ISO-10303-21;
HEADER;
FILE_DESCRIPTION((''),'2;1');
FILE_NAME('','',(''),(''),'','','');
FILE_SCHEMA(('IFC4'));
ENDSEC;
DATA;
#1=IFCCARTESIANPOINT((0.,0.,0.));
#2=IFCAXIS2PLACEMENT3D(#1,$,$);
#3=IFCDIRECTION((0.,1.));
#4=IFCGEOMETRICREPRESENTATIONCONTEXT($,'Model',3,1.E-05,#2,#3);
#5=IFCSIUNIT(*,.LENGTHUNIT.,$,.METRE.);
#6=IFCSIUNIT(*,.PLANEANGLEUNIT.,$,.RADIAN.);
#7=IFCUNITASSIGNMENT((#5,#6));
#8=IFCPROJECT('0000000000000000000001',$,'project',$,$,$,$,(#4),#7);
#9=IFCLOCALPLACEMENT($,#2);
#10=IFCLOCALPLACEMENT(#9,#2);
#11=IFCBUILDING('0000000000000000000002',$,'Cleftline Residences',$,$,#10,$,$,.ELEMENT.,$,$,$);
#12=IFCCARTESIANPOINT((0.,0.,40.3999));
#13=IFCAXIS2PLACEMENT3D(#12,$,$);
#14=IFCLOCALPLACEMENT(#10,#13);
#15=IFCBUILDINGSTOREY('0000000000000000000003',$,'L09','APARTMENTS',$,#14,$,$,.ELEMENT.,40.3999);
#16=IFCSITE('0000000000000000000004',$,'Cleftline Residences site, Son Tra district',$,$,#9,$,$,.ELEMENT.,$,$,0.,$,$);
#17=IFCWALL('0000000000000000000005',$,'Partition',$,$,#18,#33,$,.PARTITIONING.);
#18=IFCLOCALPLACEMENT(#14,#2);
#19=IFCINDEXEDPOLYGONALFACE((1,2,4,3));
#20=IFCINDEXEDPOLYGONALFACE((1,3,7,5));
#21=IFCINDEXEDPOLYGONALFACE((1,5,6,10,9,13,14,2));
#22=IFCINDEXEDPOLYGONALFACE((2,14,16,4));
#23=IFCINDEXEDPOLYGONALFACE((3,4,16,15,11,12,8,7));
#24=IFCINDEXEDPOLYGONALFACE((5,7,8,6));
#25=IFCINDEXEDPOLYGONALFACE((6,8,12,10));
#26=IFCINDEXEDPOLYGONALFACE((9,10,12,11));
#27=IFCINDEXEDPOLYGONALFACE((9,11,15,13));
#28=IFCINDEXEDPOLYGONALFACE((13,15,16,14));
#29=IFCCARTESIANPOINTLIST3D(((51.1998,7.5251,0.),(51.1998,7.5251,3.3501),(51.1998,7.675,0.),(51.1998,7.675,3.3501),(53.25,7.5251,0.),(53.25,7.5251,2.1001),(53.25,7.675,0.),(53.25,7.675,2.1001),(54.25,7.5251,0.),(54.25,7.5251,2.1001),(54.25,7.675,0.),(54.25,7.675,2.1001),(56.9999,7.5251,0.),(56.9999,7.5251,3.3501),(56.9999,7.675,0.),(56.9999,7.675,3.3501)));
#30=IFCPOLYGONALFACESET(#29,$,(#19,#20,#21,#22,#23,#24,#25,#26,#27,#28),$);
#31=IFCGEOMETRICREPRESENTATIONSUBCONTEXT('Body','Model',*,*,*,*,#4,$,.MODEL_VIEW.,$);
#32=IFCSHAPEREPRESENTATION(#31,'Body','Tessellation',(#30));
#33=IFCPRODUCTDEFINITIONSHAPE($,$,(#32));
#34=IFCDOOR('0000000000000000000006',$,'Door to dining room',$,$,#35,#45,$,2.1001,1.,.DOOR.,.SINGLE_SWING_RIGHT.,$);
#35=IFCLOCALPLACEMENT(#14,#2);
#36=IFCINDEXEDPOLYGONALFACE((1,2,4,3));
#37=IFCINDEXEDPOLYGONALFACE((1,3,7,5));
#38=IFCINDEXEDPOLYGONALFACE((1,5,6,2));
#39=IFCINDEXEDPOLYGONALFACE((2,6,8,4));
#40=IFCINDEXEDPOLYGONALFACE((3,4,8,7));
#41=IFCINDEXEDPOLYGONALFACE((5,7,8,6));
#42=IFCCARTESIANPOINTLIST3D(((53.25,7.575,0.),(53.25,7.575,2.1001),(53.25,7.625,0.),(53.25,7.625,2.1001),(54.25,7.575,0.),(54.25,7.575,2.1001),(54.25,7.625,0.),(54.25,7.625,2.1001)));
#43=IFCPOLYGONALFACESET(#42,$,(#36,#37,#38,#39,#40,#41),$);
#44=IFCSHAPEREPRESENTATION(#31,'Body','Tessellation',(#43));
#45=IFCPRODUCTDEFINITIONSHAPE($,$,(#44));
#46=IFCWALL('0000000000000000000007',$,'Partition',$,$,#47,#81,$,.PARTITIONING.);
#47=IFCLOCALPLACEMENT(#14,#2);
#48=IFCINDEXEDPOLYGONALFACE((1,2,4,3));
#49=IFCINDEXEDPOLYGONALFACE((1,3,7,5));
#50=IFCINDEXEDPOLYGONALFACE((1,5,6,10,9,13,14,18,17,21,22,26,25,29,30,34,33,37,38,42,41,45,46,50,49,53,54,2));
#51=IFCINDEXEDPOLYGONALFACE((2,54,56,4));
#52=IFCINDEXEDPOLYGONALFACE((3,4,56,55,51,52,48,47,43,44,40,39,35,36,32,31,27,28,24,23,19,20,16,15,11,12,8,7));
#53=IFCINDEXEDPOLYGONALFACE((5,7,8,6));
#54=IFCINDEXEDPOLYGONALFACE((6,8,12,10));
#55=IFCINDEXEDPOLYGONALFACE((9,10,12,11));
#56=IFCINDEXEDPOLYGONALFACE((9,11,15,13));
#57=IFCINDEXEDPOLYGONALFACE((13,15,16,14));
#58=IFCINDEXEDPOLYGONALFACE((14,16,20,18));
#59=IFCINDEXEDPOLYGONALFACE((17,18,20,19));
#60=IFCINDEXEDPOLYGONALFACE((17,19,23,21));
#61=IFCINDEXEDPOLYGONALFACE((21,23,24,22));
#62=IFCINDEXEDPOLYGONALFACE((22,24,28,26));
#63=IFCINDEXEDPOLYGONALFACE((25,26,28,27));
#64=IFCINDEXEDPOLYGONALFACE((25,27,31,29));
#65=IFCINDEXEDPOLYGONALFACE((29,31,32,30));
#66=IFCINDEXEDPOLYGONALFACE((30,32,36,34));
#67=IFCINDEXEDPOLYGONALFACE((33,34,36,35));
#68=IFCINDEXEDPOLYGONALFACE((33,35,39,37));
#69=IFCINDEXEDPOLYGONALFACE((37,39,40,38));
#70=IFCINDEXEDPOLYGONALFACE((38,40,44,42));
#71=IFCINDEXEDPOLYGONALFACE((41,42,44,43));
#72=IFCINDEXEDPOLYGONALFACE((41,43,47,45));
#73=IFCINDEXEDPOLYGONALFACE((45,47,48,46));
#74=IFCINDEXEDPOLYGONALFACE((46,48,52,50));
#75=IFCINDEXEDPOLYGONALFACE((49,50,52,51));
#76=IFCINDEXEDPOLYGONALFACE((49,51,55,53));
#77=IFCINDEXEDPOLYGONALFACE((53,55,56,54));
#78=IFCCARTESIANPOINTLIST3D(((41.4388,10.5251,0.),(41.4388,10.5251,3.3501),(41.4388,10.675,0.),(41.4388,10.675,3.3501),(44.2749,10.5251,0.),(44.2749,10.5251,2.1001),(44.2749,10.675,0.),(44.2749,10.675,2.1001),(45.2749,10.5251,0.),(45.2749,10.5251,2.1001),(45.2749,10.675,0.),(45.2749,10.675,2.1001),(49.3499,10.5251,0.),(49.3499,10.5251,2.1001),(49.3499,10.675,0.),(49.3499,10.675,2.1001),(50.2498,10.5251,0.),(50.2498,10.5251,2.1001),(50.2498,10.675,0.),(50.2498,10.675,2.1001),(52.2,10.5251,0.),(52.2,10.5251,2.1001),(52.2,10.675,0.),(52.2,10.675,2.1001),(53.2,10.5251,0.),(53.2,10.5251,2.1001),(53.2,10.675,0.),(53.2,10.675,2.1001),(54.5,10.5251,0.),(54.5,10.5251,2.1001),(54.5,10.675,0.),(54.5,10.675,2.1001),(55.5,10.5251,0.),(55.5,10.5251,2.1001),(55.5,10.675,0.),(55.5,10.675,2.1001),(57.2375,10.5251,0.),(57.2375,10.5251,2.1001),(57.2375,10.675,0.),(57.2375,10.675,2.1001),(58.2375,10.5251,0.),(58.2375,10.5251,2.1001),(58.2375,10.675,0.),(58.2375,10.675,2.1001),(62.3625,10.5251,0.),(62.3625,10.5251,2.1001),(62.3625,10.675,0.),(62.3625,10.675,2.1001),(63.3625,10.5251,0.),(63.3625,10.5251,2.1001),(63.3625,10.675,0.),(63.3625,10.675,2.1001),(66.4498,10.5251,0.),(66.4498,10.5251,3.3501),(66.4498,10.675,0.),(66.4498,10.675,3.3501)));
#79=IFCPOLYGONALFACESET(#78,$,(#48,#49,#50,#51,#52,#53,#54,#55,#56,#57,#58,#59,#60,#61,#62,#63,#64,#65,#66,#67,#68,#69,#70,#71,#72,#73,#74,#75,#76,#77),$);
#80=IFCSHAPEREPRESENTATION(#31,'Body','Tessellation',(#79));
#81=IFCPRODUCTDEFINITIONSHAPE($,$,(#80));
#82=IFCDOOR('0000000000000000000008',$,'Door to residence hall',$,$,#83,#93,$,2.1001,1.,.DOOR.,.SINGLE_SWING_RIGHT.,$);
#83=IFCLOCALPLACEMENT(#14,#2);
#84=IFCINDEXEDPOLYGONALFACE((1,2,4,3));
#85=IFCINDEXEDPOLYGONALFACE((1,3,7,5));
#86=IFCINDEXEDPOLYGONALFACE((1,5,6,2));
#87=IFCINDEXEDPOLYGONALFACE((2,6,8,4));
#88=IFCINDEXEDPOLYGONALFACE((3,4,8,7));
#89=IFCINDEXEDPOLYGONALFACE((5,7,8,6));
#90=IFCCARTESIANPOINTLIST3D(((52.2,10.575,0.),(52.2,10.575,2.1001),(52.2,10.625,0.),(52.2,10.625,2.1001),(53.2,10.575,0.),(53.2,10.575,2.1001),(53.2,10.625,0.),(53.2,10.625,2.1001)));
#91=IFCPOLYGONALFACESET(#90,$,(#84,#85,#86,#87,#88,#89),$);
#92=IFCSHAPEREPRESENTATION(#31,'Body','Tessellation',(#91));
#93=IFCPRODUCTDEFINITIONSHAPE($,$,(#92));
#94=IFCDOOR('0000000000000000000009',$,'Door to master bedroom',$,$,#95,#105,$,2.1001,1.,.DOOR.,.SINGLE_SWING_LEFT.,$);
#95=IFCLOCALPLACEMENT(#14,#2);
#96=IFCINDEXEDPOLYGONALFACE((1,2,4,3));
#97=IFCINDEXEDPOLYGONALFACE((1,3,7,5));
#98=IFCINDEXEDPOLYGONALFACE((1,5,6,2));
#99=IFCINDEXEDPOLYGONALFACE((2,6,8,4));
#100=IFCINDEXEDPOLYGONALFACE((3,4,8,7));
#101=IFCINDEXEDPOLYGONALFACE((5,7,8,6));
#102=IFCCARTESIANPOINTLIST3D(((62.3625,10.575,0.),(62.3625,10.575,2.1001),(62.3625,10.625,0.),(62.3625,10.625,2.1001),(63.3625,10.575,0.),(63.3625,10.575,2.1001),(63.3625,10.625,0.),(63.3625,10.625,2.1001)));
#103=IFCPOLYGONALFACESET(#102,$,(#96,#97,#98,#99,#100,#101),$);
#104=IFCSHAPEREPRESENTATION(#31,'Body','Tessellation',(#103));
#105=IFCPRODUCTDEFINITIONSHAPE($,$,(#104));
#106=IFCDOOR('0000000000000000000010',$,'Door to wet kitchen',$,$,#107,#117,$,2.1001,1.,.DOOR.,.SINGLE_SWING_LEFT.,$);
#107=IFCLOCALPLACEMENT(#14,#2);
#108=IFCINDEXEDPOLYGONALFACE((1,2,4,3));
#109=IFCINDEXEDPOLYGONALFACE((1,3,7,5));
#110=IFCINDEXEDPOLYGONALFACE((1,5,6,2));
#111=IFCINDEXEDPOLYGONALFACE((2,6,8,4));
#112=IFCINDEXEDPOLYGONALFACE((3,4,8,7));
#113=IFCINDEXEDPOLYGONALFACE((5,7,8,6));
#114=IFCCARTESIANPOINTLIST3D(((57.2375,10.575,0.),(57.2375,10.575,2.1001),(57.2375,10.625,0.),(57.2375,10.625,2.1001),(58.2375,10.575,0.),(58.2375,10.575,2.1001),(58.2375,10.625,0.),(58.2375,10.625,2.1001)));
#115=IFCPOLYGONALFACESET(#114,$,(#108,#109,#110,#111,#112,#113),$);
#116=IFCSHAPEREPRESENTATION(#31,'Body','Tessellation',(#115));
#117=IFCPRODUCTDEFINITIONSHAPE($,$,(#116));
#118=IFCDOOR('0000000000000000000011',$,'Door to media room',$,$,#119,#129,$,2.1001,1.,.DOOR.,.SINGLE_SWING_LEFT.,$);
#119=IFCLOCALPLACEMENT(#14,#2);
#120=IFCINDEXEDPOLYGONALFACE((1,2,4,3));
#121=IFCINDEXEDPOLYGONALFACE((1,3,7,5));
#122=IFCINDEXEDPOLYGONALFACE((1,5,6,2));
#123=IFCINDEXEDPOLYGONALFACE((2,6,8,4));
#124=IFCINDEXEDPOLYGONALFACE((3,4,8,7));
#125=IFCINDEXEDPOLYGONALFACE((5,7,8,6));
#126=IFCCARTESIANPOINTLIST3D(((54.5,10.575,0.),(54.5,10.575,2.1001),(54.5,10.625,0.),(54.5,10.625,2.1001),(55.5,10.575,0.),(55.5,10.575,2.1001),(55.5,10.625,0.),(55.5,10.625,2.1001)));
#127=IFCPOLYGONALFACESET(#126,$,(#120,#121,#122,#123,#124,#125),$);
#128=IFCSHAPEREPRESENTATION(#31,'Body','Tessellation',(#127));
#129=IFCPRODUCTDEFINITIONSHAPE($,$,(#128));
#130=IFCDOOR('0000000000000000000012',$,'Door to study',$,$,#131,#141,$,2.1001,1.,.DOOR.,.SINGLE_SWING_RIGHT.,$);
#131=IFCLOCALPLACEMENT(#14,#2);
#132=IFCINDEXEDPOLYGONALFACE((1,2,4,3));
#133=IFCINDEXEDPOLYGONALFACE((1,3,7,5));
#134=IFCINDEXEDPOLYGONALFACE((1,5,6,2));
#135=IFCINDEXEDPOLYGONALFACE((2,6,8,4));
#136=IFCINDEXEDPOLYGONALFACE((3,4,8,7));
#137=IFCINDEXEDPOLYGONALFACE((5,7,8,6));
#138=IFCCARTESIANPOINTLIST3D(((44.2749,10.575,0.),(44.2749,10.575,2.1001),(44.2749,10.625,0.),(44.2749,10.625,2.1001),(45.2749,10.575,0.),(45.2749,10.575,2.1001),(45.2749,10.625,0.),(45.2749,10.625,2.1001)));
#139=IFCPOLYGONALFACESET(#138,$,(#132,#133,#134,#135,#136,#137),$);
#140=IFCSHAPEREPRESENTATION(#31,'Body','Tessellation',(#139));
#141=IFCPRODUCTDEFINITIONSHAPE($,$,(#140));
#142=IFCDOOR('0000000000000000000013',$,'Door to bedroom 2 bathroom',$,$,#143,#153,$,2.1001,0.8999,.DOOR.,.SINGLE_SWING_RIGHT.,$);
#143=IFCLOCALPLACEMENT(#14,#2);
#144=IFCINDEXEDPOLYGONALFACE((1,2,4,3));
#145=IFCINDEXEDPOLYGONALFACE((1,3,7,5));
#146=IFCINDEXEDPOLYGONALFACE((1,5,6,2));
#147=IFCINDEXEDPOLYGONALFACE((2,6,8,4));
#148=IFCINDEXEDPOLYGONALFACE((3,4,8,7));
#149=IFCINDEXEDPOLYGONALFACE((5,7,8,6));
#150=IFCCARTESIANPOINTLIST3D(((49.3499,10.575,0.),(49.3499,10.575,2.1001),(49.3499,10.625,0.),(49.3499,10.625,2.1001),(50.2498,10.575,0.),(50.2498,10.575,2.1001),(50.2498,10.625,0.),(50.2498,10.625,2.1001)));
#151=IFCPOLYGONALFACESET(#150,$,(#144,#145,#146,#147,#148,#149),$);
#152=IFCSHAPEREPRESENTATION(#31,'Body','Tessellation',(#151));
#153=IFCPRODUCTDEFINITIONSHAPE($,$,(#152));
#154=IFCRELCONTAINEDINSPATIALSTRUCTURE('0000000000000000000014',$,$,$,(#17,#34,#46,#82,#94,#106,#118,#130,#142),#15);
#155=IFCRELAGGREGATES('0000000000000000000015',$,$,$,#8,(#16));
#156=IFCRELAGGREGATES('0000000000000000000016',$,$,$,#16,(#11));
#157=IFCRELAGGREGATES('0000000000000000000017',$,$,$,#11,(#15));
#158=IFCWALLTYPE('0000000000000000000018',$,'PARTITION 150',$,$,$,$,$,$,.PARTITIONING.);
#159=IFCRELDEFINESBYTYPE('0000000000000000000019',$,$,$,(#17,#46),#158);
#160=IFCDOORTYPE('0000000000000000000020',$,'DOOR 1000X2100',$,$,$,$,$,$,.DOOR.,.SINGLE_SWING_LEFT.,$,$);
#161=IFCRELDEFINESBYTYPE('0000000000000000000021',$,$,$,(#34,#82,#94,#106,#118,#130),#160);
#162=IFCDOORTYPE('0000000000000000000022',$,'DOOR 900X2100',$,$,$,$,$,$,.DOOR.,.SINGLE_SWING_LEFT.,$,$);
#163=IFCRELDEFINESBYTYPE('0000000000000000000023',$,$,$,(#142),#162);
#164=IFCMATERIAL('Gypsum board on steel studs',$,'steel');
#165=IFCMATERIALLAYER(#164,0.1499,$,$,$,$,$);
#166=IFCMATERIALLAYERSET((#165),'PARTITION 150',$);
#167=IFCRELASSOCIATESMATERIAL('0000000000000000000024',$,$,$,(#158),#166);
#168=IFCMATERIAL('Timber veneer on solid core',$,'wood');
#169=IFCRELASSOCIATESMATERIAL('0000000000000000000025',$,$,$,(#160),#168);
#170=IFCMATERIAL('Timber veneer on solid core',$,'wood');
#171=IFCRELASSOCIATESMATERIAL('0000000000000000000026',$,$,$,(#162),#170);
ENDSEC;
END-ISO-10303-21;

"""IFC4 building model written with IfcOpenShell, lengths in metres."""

from ifc_helpers import new_model, si_unit, direction, frame, frame_2d, origin, place, context, subcontext, project, spatial, rectangle, extrude, material, layer, layer_set, type_object, element, fill, save


model = new_model("IFC4")

# Units and contexts
model_context = context("Model", 3, precision=1e-05, world=origin(), true_north=direction((0.0, 1.0)))
body_context = subcontext(model_context, "Body", "Model", "MODEL_VIEW")
ifc_project = project(units=[si_unit("LENGTHUNIT", "METRE"), si_unit("PLANEANGLEUNIT", "RADIAN")], contexts=[model_context])

# Site, building, storey
site_placement = place(None, origin())
site = spatial("IfcSite", under=ifc_project, at=site_placement, Name="Cleftline Residences site, Son Tra district", CompositionType="ELEMENT", RefElevation=0.0)
building_placement = place(site_placement, origin())
building = spatial("IfcBuilding", under=site, at=building_placement, Name="Cleftline Residences", CompositionType="ELEMENT")
storey_placement = place(building_placement, frame((0.0, 0.0, 40.3999)))
storey = spatial("IfcBuildingStorey", under=building, at=storey_placement, Name="L09", Description="APARTMENTS", CompositionType="ELEMENT", Elevation=40.3999)

# Shared definitions
ifc_material_1 = material(Name="Gypsum board on steel studs", Category="steel")
ifc_layer_1 = layer(ifc_material_1, 0.1499)
ifc_layer_set_1 = layer_set([ifc_layer_1], Name="PARTITION 150")
wall_type = type_object("IfcWallType", Name="PARTITION 150", PredefinedType="PARTITIONING", material=ifc_layer_set_1)
ifc_material_2 = material(Name="Timber veneer on solid core", Category="wood")
door_type_1 = type_object("IfcDoorType", Name="DOOR 1000X2100", OperationType="SINGLE_SWING_LEFT", PredefinedType="DOOR", material=ifc_material_2)

# Wall, opening, door
wall_1_placement = place(storey_placement, frame((51.2, 7.6001, 0.0), z_axis=(0.0, 0.0, 1.0), x_axis=(1.0, 0.0, 0.0)))
wall_1 = element("IfcWall", 1, at=wall_1_placement, inside=storey, type_object=wall_type, Name="Partition", PredefinedType="PARTITIONING", context=body_context, shape_type="SweptSolid", body=[
    extrude(rectangle(XDim=5.8, YDim=0.1499, at=frame_2d((2.8999, 0.0))), origin(), (0.0, 0.0, 1.0), 3.3501),
])
opening_1_placement = place(wall_1_placement, frame((2.05, 0.0, 0.0)))
opening_1 = element("IfcOpeningElement", 2, at=opening_1_placement, cuts=wall_1, PredefinedType="OPENING", context=body_context, shape_type="SweptSolid", body=[
    extrude(rectangle(XDim=1.0, YDim=2.1001, at=frame_2d((0.5, 1.05))), frame((0.0, 0.085, 0.0), z_axis=(0.0, -1.0, 0.0), x_axis=(1.0, 0.0, 0.0)), (0.0, 0.0, 1.0), 0.1699),
])
door_1_placement = place(opening_1_placement, origin())
door_1 = element("IfcDoor", 3, at=door_1_placement, inside=storey, type_object=door_type_1, Name="Door to dining room", OperationType="SINGLE_SWING_RIGHT", OverallHeight=2.1001, OverallWidth=1.0, PredefinedType="DOOR", context=body_context, shape_type="SweptSolid", body=[
    extrude(rectangle(XDim=1.0, YDim=2.1001, at=frame_2d((0.5, 1.05))), frame((0.0, 0.0249, 0.0), z_axis=(0.0, -1.0, 0.0), x_axis=(1.0, 0.0, 0.0)), (0.0, 0.0, 1.0), 0.05),
])
fill(opening_1, door_1)

# Wall, openings, doors
wall_2_placement = place(storey_placement, frame((41.439, 10.6001, 0.0), z_axis=(0.0, 0.0, 1.0), x_axis=(1.0, 0.0, 0.0)))
wall_2 = element("IfcWall", 4, at=wall_2_placement, inside=storey, type_object=wall_type, Name="Partition", PredefinedType="PARTITIONING", context=body_context, shape_type="SweptSolid", body=[
    extrude(rectangle(XDim=25.011, YDim=0.1499, at=frame_2d((12.5054, 0.0))), origin(), (0.0, 0.0, 1.0), 3.3501),
])
opening_2_placement = place(wall_2_placement, frame((10.761, 0.0, 0.0)))
opening_2 = element("IfcOpeningElement", 5, at=opening_2_placement, cuts=wall_2, PredefinedType="OPENING", context=body_context, shape_type="SweptSolid", body=[
    extrude(rectangle(XDim=1.0, YDim=2.1001, at=frame_2d((0.5, 1.05))), frame((0.0, 0.085, 0.0), z_axis=(0.0, -1.0, 0.0), x_axis=(1.0, 0.0, 0.0)), (0.0, 0.0, 1.0), 0.1699),
])
opening_3_placement = place(wall_2_placement, frame((20.9236, 0.0, 0.0)))
opening_3 = element("IfcOpeningElement", 6, at=opening_3_placement, cuts=wall_2, PredefinedType="OPENING", context=body_context, shape_type="SweptSolid", body=[
    extrude(rectangle(XDim=1.0, YDim=2.1001, at=frame_2d((0.5, 1.05))), frame((0.0, 0.085, 0.0), z_axis=(0.0, -1.0, 0.0), x_axis=(1.0, 0.0, 0.0)), (0.0, 0.0, 1.0), 0.1699),
])
opening_4_placement = place(wall_2_placement, frame((15.7986, 0.0, 0.0)))
opening_4 = element("IfcOpeningElement", 7, at=opening_4_placement, cuts=wall_2, PredefinedType="OPENING", context=body_context, shape_type="SweptSolid", body=[
    extrude(rectangle(XDim=1.0, YDim=2.1001, at=frame_2d((0.5, 1.05))), frame((0.0, 0.085, 0.0), z_axis=(0.0, -1.0, 0.0), x_axis=(1.0, 0.0, 0.0)), (0.0, 0.0, 1.0), 0.1699),
])
opening_5_placement = place(wall_2_placement, frame((13.061, 0.0, 0.0)))
opening_5 = element("IfcOpeningElement", 8, at=opening_5_placement, cuts=wall_2, PredefinedType="OPENING", context=body_context, shape_type="SweptSolid", body=[
    extrude(rectangle(XDim=1.0, YDim=2.1001, at=frame_2d((0.5, 1.05))), frame((0.0, 0.085, 0.0), z_axis=(0.0, -1.0, 0.0), x_axis=(1.0, 0.0, 0.0)), (0.0, 0.0, 1.0), 0.1699),
])
opening_6_placement = place(wall_2_placement, frame((7.9109, 0.0, 0.0)))
opening_6 = element("IfcOpeningElement", 9, at=opening_6_placement, cuts=wall_2, PredefinedType="OPENING", context=body_context, shape_type="SweptSolid", body=[
    extrude(rectangle(XDim=0.8999, YDim=2.1001, at=frame_2d((0.45, 1.05))), frame((0.0, 0.085, 0.0), z_axis=(0.0, -1.0, 0.0), x_axis=(1.0, 0.0, 0.0)), (0.0, 0.0, 1.0), 0.1699),
])
opening_7_placement = place(wall_2_placement, frame((2.8359, 0.0, 0.0)))
opening_7 = element("IfcOpeningElement", 10, at=opening_7_placement, cuts=wall_2, PredefinedType="OPENING", context=body_context, shape_type="SweptSolid", body=[
    extrude(rectangle(XDim=1.0, YDim=2.1001, at=frame_2d((0.5, 1.05))), frame((0.0, 0.085, 0.0), z_axis=(0.0, -1.0, 0.0), x_axis=(1.0, 0.0, 0.0)), (0.0, 0.0, 1.0), 0.1699),
])
door_2_placement = place(opening_2_placement, origin())
door_2 = element("IfcDoor", 11, at=door_2_placement, inside=storey, type_object=door_type_1, Name="Door to residence hall", OperationType="SINGLE_SWING_RIGHT", OverallHeight=2.1001, OverallWidth=1.0, PredefinedType="DOOR", context=body_context, shape_type="SweptSolid", body=[
    extrude(rectangle(XDim=1.0, YDim=2.1001, at=frame_2d((0.5, 1.05))), frame((0.0, 0.0249, 0.0), z_axis=(0.0, -1.0, 0.0), x_axis=(1.0, 0.0, 0.0)), (0.0, 0.0, 1.0), 0.05),
])
fill(opening_2, door_2)
door_3_placement = place(opening_3_placement, origin())
door_3 = element("IfcDoor", 12, at=door_3_placement, inside=storey, type_object=door_type_1, Name="Door to master bedroom", OperationType="SINGLE_SWING_LEFT", OverallHeight=2.1001, OverallWidth=1.0, PredefinedType="DOOR", context=body_context, shape_type="SweptSolid", body=[
    extrude(rectangle(XDim=1.0, YDim=2.1001, at=frame_2d((0.5, 1.05))), frame((0.0, 0.0249, 0.0), z_axis=(0.0, -1.0, 0.0), x_axis=(1.0, 0.0, 0.0)), (0.0, 0.0, 1.0), 0.05),
])
fill(opening_3, door_3)
door_4_placement = place(opening_4_placement, origin())
door_4 = element("IfcDoor", 13, at=door_4_placement, inside=storey, type_object=door_type_1, Name="Door to wet kitchen", OperationType="SINGLE_SWING_LEFT", OverallHeight=2.1001, OverallWidth=1.0, PredefinedType="DOOR", context=body_context, shape_type="SweptSolid", body=[
    extrude(rectangle(XDim=1.0, YDim=2.1001, at=frame_2d((0.5, 1.05))), frame((0.0, 0.0249, 0.0), z_axis=(0.0, -1.0, 0.0), x_axis=(1.0, 0.0, 0.0)), (0.0, 0.0, 1.0), 0.05),
])
fill(opening_4, door_4)
door_5_placement = place(opening_5_placement, origin())
door_5 = element("IfcDoor", 14, at=door_5_placement, inside=storey, type_object=door_type_1, Name="Door to media room", OperationType="SINGLE_SWING_LEFT", OverallHeight=2.1001, OverallWidth=1.0, PredefinedType="DOOR", context=body_context, shape_type="SweptSolid", body=[
    extrude(rectangle(XDim=1.0, YDim=2.1001, at=frame_2d((0.5, 1.05))), frame((0.0, 0.0249, 0.0), z_axis=(0.0, -1.0, 0.0), x_axis=(1.0, 0.0, 0.0)), (0.0, 0.0, 1.0), 0.05),
])
fill(opening_5, door_5)
door_6_placement = place(opening_7_placement, origin())
door_6 = element("IfcDoor", 15, at=door_6_placement, inside=storey, type_object=door_type_1, Name="Door to study", OperationType="SINGLE_SWING_RIGHT", OverallHeight=2.1001, OverallWidth=1.0, PredefinedType="DOOR", context=body_context, shape_type="SweptSolid", body=[
    extrude(rectangle(XDim=1.0, YDim=2.1001, at=frame_2d((0.5, 1.05))), frame((0.0, 0.0249, 0.0), z_axis=(0.0, -1.0, 0.0), x_axis=(1.0, 0.0, 0.0)), (0.0, 0.0, 1.0), 0.05),
])
fill(opening_7, door_6)
ifc_material_3 = material(Name="Timber veneer on solid core", Category="wood")
door_type_2 = type_object("IfcDoorType", Name="DOOR 900X2100", OperationType="SINGLE_SWING_LEFT", PredefinedType="DOOR", material=ifc_material_3)
door_7_placement = place(opening_6_placement, origin())
door_7 = element("IfcDoor", 16, at=door_7_placement, inside=storey, type_object=door_type_2, Name="Door to bedroom 2 bathroom", OperationType="SINGLE_SWING_RIGHT", OverallHeight=2.1001, OverallWidth=0.8999, PredefinedType="DOOR", context=body_context, shape_type="SweptSolid", body=[
    extrude(rectangle(XDim=0.8999, YDim=2.1001, at=frame_2d((0.45, 1.05))), frame((0.0, 0.0249, 0.0), z_axis=(0.0, -1.0, 0.0), x_axis=(1.0, 0.0, 0.0)), (0.0, 0.0, 1.0), 0.05),
])
fill(opening_6, door_7)

save(model, "model.ifc")
